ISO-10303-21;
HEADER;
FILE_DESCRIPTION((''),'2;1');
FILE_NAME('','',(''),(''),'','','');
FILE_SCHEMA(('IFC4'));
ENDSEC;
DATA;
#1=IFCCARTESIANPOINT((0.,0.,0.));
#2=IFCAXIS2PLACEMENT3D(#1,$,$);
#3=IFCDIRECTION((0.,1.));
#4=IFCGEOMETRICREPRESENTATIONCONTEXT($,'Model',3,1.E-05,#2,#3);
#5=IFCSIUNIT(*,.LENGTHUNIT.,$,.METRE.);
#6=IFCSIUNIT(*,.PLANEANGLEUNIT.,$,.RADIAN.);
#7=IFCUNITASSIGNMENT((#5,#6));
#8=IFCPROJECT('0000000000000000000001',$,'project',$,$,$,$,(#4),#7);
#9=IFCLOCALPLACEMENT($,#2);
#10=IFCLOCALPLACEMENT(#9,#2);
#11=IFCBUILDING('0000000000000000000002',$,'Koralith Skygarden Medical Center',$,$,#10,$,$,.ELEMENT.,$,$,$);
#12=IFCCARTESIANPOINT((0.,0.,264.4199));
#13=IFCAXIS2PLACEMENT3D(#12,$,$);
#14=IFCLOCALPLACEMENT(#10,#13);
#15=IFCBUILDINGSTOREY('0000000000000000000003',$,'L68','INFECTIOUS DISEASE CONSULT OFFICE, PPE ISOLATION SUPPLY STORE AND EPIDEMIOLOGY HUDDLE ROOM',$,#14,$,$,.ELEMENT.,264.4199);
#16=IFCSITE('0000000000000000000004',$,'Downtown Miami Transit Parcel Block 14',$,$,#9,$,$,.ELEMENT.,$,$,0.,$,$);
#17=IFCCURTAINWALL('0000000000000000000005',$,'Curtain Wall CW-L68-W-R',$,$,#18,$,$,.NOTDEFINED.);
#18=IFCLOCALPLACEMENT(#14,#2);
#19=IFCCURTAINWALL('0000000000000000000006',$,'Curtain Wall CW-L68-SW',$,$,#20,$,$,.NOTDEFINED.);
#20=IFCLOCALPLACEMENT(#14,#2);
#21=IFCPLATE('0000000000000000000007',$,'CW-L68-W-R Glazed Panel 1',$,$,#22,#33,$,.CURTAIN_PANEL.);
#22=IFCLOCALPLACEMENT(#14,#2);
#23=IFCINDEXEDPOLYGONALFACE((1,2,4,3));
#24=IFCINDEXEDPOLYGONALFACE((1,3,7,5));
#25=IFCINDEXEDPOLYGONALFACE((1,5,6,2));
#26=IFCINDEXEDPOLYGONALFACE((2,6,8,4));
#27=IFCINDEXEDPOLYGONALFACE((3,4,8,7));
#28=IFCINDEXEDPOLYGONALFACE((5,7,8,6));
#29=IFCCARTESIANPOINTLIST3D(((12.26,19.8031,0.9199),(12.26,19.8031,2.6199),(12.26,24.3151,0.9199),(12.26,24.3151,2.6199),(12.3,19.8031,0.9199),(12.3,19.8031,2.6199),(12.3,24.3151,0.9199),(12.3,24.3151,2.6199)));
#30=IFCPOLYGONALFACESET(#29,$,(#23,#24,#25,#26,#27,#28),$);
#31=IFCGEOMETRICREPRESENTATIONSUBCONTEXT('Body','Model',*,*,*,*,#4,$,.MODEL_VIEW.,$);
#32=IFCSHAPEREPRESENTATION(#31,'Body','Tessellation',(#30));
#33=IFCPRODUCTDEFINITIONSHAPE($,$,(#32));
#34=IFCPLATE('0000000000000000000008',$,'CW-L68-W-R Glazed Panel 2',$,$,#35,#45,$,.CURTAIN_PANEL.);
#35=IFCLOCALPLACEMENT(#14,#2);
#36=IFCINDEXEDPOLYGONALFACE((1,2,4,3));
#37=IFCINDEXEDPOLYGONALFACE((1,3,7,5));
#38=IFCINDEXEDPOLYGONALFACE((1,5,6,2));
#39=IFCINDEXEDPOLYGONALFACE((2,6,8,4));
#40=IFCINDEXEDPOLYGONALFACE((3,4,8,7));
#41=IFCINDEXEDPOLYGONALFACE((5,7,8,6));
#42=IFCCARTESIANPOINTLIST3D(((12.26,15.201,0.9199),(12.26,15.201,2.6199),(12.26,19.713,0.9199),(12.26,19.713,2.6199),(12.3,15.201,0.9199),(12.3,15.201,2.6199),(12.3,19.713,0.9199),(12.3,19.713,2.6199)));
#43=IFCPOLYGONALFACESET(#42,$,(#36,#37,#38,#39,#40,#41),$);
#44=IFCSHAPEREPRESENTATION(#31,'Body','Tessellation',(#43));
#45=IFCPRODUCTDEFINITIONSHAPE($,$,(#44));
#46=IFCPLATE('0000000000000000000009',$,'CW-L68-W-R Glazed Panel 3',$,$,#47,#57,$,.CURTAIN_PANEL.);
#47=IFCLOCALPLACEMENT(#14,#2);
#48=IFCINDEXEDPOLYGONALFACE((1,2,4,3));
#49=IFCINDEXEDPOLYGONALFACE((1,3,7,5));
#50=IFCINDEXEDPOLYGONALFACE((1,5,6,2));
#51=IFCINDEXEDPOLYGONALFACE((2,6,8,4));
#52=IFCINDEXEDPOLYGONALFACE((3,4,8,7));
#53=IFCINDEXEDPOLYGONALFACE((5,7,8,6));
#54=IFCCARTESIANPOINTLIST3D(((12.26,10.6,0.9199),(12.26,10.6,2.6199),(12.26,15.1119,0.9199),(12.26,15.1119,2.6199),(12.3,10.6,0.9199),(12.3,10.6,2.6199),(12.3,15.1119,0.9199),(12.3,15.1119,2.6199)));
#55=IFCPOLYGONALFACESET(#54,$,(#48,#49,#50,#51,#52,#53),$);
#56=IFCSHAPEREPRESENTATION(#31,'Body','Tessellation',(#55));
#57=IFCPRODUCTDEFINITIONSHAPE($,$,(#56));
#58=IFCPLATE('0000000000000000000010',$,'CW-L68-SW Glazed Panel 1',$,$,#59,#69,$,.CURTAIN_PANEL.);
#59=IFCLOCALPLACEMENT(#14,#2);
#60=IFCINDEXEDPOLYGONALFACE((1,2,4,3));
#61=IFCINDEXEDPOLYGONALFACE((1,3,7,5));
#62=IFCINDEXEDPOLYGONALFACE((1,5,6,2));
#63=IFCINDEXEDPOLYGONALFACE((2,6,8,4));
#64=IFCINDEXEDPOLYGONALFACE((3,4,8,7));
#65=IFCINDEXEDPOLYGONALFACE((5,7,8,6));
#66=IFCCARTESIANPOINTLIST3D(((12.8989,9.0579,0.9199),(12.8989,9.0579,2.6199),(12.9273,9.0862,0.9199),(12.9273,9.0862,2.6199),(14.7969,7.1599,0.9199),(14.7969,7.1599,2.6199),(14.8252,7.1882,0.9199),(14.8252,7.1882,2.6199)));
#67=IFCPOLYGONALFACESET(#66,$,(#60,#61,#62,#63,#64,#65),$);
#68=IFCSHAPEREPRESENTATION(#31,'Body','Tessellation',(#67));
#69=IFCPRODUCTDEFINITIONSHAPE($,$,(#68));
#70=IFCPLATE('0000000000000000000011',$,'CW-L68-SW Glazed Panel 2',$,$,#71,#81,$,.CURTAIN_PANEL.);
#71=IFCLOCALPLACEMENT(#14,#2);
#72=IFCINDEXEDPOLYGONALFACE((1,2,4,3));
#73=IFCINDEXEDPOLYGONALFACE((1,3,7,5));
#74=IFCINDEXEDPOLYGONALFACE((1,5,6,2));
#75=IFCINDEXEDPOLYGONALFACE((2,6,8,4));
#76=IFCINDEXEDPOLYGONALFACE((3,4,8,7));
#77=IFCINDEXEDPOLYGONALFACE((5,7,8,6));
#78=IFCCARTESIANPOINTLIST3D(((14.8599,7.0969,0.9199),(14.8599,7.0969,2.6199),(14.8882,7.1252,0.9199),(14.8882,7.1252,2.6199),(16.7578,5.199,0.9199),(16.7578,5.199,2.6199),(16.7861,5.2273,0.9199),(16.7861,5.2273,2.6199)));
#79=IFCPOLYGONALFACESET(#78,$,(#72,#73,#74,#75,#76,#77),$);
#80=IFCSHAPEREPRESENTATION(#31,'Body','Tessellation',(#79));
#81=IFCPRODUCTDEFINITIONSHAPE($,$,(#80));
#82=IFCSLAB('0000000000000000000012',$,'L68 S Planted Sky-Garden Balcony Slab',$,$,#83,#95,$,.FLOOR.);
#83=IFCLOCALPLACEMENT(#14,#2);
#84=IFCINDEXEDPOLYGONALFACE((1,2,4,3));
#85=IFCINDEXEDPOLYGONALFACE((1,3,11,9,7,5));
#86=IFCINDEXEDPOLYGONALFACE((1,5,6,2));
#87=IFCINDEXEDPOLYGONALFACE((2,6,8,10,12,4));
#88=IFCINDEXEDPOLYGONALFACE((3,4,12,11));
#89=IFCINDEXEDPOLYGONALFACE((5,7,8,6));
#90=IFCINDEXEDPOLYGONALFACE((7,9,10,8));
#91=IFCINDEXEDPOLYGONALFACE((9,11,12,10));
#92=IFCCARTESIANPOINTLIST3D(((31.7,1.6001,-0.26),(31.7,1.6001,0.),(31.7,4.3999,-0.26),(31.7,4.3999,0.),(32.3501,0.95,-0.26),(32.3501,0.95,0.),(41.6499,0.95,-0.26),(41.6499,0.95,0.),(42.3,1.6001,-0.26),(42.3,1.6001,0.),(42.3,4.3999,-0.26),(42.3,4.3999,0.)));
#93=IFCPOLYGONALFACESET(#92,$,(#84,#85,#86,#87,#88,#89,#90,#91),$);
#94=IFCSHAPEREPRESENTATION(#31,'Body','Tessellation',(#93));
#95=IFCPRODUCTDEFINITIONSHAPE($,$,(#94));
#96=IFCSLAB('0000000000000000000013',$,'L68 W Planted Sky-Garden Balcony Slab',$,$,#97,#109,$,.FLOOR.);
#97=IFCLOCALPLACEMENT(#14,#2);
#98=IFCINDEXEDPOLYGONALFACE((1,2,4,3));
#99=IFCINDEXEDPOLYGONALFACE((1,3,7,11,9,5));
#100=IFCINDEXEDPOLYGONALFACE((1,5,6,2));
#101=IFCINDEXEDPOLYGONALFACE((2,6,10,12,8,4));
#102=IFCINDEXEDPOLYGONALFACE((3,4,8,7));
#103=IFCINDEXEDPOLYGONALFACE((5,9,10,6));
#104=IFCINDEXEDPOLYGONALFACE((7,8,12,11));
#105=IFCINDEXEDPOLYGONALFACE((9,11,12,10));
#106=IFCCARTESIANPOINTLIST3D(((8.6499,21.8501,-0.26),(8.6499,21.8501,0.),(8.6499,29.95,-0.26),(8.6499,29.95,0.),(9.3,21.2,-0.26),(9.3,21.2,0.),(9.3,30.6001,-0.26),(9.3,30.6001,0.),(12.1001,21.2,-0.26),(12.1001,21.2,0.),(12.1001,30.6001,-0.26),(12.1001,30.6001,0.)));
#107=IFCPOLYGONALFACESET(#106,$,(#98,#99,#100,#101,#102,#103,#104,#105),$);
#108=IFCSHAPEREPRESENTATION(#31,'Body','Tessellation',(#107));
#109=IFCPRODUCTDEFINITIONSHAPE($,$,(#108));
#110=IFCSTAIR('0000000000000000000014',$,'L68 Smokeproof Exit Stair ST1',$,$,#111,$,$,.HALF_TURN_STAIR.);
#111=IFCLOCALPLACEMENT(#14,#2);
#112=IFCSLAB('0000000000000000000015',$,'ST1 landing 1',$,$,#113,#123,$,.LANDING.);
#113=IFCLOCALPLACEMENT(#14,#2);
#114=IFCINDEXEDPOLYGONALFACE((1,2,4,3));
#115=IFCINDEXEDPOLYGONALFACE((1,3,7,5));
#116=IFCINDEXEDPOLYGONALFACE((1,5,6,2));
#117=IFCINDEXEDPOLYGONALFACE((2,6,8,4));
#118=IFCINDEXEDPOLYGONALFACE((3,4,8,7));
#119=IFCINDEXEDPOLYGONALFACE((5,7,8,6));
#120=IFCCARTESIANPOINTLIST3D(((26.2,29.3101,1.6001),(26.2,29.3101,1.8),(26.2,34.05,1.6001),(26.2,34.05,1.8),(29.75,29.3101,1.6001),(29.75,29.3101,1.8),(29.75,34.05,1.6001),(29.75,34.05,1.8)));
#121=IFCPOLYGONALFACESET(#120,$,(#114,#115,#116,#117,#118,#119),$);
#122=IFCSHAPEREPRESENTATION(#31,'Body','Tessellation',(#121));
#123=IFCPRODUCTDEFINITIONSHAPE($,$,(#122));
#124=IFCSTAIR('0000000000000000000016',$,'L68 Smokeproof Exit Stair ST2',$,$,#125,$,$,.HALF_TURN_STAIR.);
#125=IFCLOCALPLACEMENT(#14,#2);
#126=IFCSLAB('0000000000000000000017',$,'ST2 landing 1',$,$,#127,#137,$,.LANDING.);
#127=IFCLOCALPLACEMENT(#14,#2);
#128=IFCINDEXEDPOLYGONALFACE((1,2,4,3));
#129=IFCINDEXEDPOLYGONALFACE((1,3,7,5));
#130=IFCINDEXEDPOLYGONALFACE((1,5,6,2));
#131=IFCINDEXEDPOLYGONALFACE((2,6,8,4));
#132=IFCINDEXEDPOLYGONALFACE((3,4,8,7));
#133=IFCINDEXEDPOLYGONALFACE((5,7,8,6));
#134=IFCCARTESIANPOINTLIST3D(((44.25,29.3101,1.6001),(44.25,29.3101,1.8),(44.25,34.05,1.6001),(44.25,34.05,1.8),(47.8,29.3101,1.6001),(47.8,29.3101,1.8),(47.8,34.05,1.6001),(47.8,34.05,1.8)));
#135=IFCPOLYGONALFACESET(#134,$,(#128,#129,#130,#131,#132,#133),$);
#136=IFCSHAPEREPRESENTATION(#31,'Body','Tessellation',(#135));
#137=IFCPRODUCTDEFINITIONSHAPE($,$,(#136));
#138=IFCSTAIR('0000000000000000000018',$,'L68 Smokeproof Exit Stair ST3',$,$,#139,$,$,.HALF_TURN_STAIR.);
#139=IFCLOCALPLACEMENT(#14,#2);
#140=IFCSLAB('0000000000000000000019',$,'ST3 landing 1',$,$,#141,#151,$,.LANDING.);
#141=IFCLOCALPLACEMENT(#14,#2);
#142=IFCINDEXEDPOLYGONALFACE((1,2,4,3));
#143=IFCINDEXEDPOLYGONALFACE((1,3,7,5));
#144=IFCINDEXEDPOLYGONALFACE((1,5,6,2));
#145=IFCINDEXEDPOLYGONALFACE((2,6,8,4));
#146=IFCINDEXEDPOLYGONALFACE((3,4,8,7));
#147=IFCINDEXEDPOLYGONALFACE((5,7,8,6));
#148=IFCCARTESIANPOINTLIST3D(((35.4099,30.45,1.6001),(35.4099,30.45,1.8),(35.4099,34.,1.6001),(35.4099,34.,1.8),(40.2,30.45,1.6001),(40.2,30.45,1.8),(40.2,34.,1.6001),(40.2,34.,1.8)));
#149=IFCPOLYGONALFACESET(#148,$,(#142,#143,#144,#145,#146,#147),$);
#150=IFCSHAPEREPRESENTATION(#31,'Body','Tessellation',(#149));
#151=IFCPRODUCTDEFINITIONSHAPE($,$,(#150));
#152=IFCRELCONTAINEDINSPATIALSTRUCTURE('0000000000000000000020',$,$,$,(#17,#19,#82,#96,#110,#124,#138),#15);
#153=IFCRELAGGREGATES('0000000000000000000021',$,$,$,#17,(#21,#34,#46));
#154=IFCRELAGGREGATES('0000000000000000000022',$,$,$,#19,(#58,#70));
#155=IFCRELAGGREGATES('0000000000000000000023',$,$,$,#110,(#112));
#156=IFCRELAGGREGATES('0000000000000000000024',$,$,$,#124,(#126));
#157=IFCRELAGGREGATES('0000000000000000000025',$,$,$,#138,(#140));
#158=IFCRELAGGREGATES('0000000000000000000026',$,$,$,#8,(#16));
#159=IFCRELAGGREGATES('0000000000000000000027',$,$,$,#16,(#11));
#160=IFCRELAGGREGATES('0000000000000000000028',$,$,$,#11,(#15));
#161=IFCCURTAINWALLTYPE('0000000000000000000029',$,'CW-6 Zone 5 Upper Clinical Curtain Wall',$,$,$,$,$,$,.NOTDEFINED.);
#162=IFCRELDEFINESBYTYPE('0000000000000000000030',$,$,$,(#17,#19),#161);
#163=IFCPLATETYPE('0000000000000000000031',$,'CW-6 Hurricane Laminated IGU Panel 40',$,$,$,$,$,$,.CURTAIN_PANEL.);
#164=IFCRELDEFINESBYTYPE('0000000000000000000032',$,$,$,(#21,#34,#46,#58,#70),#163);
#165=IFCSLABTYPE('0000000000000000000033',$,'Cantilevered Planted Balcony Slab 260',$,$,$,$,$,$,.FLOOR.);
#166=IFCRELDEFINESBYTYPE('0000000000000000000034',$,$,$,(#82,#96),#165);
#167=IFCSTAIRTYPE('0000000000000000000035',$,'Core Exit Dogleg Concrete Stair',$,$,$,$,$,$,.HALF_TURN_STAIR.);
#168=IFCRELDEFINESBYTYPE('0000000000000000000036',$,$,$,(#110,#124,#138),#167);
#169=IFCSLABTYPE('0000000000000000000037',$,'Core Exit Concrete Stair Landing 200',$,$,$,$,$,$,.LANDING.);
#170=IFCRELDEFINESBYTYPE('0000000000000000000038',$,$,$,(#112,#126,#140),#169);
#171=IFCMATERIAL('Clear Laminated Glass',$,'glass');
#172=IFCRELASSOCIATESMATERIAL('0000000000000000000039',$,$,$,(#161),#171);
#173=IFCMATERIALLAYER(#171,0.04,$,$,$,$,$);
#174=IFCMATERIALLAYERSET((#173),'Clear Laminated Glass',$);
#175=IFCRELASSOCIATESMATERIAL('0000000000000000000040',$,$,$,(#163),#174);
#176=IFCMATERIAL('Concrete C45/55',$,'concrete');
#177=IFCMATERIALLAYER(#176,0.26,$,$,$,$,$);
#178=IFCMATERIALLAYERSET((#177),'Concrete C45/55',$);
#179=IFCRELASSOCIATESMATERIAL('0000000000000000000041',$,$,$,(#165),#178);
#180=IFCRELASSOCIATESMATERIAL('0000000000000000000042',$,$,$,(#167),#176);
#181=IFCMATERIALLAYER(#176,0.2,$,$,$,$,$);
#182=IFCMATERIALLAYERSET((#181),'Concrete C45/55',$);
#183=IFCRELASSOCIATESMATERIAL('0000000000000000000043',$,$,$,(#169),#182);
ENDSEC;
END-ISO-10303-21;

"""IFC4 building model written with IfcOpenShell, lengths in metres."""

from ifc_helpers import new_model, si_unit, direction, frame, origin, origin_2d, place, context, subcontext, project, spatial, polyline, rectangle, outline, extrude, material, layer, layer_set, type_object, element, aggregate, save


model = new_model("IFC4")

# Units and contexts
model_context = context("Model", 3, precision=1e-05, world=origin(), true_north=direction((0.0, 1.0)))
body_context = subcontext(model_context, "Body", "Model", "MODEL_VIEW")
ifc_project = project(units=[si_unit("LENGTHUNIT", "METRE"), si_unit("PLANEANGLEUNIT", "RADIAN")], contexts=[model_context])

# Site, building, storey
site_placement = place(None, origin())
site = spatial("IfcSite", under=ifc_project, at=site_placement, Name="Downtown Miami Transit Parcel Block 14", CompositionType="ELEMENT", RefElevation=0.0)
building_placement = place(site_placement, origin())
building = spatial("IfcBuilding", under=site, at=building_placement, Name="Koralith Skygarden Medical Center", CompositionType="ELEMENT")
storey_placement = place(building_placement, frame((0.0, 0.0, 264.4199)))
storey = spatial("IfcBuildingStorey", under=building, at=storey_placement, Name="L68", Description="INFECTIOUS DISEASE CONSULT OFFICE, PPE ISOLATION SUPPLY STORE AND EPIDEMIOLOGY HUDDLE ROOM", CompositionType="ELEMENT", Elevation=264.4199)

# Shared definitions
ifc_material_1 = material(Name="Clear Laminated Glass", Category="glass")
curtain_wall_type = type_object("IfcCurtainWallType", Name="CW-6 Zone 5 Upper Clinical Curtain Wall", PredefinedType="NOTDEFINED", material=ifc_material_1)

# Curtain walls
curtain_wall_1_placement = place(storey_placement, origin())
curtain_wall_1 = element("IfcCurtainWall", 1, at=curtain_wall_1_placement, inside=storey, type_object=curtain_wall_type, Name="Curtain Wall CW-L68-W-R", PredefinedType="NOTDEFINED")
curtain_wall_2_placement = place(storey_placement, origin())
curtain_wall_2 = element("IfcCurtainWall", 2, at=curtain_wall_2_placement, inside=storey, type_object=curtain_wall_type, Name="Curtain Wall CW-L68-SW", PredefinedType="NOTDEFINED")

# Shared definitions
ifc_material_2 = material(Name="Concrete C45/55", Category="concrete")

# Plates
ifc_layer_1 = layer(ifc_material_1, 0.04)
ifc_layer_set_1 = layer_set([ifc_layer_1], Name="Clear Laminated Glass")
plate_type_1 = type_object("IfcPlateType", Name="CW-6 Hurricane Laminated IGU Panel 40", PredefinedType="CURTAIN_PANEL", material=ifc_layer_set_1)
plate_1_placement = place(storey_placement, frame((12.28, 22.0591, 0.9199), z_axis=(0.0, 0.0, 1.0), x_axis=(0.0, -1.0, 0.0)))
plate_1 = element("IfcPlate", 3, at=plate_1_placement, type_object=plate_type_1, Name="CW-L68-W-R Glazed Panel 1", PredefinedType="CURTAIN_PANEL", context=body_context, shape_type="SweptSolid", body=[
    extrude(rectangle(XDim=4.512, YDim=0.04, at=origin_2d()), origin(), (0.0, 0.0, 1.0), 1.7),
])
plate_2_placement = place(storey_placement, frame((12.28, 17.457, 0.9199), z_axis=(0.0, 0.0, 1.0), x_axis=(0.0, -1.0, 0.0)))
plate_2 = element("IfcPlate", 4, at=plate_2_placement, type_object=plate_type_1, Name="CW-L68-W-R Glazed Panel 2", PredefinedType="CURTAIN_PANEL", context=body_context, shape_type="SweptSolid", body=[
    extrude(rectangle(XDim=4.512, YDim=0.04, at=origin_2d()), origin(), (0.0, 0.0, 1.0), 1.7),
])
plate_3_placement = place(storey_placement, frame((12.28, 12.856, 0.9199), z_axis=(0.0, 0.0, 1.0), x_axis=(0.0, -1.0, 0.0)))
plate_3 = element("IfcPlate", 5, at=plate_3_placement, type_object=plate_type_1, Name="CW-L68-W-R Glazed Panel 3", PredefinedType="CURTAIN_PANEL", context=body_context, shape_type="SweptSolid", body=[
    extrude(rectangle(XDim=4.512, YDim=0.04, at=origin_2d()), origin(), (0.0, 0.0, 1.0), 1.7),
])
aggregate(curtain_wall_1, [plate_1, plate_2, plate_3])
plate_4_placement = place(storey_placement, frame((13.8621, 8.123, 0.9199), z_axis=(0.0, 0.0, 1.0), x_axis=(0.707107, -0.707107, 0.0)))
plate_4 = element("IfcPlate", 6, at=plate_4_placement, type_object=plate_type_1, Name="CW-L68-SW Glazed Panel 1", PredefinedType="CURTAIN_PANEL", context=body_context, shape_type="SweptSolid", body=[
    extrude(rectangle(XDim=2.6841, YDim=0.04, at=origin_2d()), origin(), (0.0, 0.0, 1.0), 1.7),
])
plate_5_placement = place(storey_placement, frame((15.823, 6.1621, 0.9199), z_axis=(0.0, 0.0, 1.0), x_axis=(0.707107, -0.707107, 0.0)))
plate_5 = element("IfcPlate", 7, at=plate_5_placement, type_object=plate_type_1, Name="CW-L68-SW Glazed Panel 2", PredefinedType="CURTAIN_PANEL", context=body_context, shape_type="SweptSolid", body=[
    extrude(rectangle(XDim=2.6841, YDim=0.04, at=origin_2d()), origin(), (0.0, 0.0, 1.0), 1.7),
])
aggregate(curtain_wall_2, [plate_4, plate_5])

# Slabs
ifc_layer_2 = layer(ifc_material_2, 0.26)
ifc_layer_set_2 = layer_set([ifc_layer_2], Name="Concrete C45/55")
slab_type_1 = type_object("IfcSlabType", Name="Cantilevered Planted Balcony Slab 260", PredefinedType="FLOOR", material=ifc_layer_set_2)
slab_1_placement = place(storey_placement, frame((0.0, 0.0, -0.26)))
element("IfcSlab", 8, at=slab_1_placement, inside=storey, type_object=slab_type_1, Name="L68 S Planted Sky-Garden Balcony Slab", PredefinedType="FLOOR", context=body_context, shape_type="SweptSolid", body=[
    extrude(outline(polyline([(32.3501, 0.95), (41.6499, 0.95), (42.3, 1.6001), (42.3, 4.3999), (31.7, 4.3999), (31.7, 1.6001), (32.3501, 0.95)])), origin(), (0.0, 0.0, 1.0), 0.26),
])
slab_2_placement = place(storey_placement, frame((0.0, 0.0, -0.26)))
element("IfcSlab", 9, at=slab_2_placement, inside=storey, type_object=slab_type_1, Name="L68 W Planted Sky-Garden Balcony Slab", PredefinedType="FLOOR", context=body_context, shape_type="SweptSolid", body=[
    extrude(outline(polyline([(9.3, 21.2), (12.1001, 21.2), (12.1001, 30.6001), (9.3, 30.6001), (8.6499, 29.95), (8.6499, 21.8501), (9.3, 21.2)])), origin(), (0.0, 0.0, 1.0), 0.26),
])

# Stairs, slabs
stair_type = type_object("IfcStairType", Name="Core Exit Dogleg Concrete Stair", PredefinedType="HALF_TURN_STAIR", material=ifc_material_2)
stair_1_placement = place(storey_placement, origin())
stair_1 = element("IfcStair", 10, at=stair_1_placement, inside=storey, type_object=stair_type, Name="L68 Smokeproof Exit Stair ST1", PredefinedType="HALF_TURN_STAIR")
ifc_layer_3 = layer(ifc_material_2, 0.2)
ifc_layer_set_3 = layer_set([ifc_layer_3], Name="Concrete C45/55")
slab_type_2 = type_object("IfcSlabType", Name="Core Exit Concrete Stair Landing 200", PredefinedType="LANDING", material=ifc_layer_set_3)
slab_3_placement = place(storey_placement, frame((0.0, 0.0, 1.6001)))
slab_3 = element("IfcSlab", 11, at=slab_3_placement, type_object=slab_type_2, Name="ST1 landing 1", PredefinedType="LANDING", context=body_context, shape_type="SweptSolid", body=[
    extrude(outline(polyline([(29.75, 29.3101), (29.75, 34.05), (26.2, 34.05), (26.2, 29.3101), (29.75, 29.3101)])), origin(), (0.0, 0.0, 1.0), 0.2),
])
aggregate(stair_1, [slab_3])
stair_2_placement = place(storey_placement, origin())
stair_2 = element("IfcStair", 12, at=stair_2_placement, inside=storey, type_object=stair_type, Name="L68 Smokeproof Exit Stair ST2", PredefinedType="HALF_TURN_STAIR")
slab_4_placement = place(storey_placement, frame((0.0, 0.0, 1.6001)))
slab_4 = element("IfcSlab", 13, at=slab_4_placement, type_object=slab_type_2, Name="ST2 landing 1", PredefinedType="LANDING", context=body_context, shape_type="SweptSolid", body=[
    extrude(outline(polyline([(47.8, 29.3101), (47.8, 34.05), (44.25, 34.05), (44.25, 29.3101), (47.8, 29.3101)])), origin(), (0.0, 0.0, 1.0), 0.2),
])
aggregate(stair_2, [slab_4])
stair_3_placement = place(storey_placement, origin())
stair_3 = element("IfcStair", 14, at=stair_3_placement, inside=storey, type_object=stair_type, Name="L68 Smokeproof Exit Stair ST3", PredefinedType="HALF_TURN_STAIR")
slab_5_placement = place(storey_placement, frame((0.0, 0.0, 1.6001)))
slab_5 = element("IfcSlab", 15, at=slab_5_placement, type_object=slab_type_2, Name="ST3 landing 1", PredefinedType="LANDING", context=body_context, shape_type="SweptSolid", body=[
    extrude(outline(polyline([(35.4099, 30.45), (40.2, 30.45), (40.2, 34.0), (35.4099, 34.0), (35.4099, 30.45)])), origin(), (0.0, 0.0, 1.0), 0.2),
])
aggregate(stair_3, [slab_5])

save(model, "model.ifc")
